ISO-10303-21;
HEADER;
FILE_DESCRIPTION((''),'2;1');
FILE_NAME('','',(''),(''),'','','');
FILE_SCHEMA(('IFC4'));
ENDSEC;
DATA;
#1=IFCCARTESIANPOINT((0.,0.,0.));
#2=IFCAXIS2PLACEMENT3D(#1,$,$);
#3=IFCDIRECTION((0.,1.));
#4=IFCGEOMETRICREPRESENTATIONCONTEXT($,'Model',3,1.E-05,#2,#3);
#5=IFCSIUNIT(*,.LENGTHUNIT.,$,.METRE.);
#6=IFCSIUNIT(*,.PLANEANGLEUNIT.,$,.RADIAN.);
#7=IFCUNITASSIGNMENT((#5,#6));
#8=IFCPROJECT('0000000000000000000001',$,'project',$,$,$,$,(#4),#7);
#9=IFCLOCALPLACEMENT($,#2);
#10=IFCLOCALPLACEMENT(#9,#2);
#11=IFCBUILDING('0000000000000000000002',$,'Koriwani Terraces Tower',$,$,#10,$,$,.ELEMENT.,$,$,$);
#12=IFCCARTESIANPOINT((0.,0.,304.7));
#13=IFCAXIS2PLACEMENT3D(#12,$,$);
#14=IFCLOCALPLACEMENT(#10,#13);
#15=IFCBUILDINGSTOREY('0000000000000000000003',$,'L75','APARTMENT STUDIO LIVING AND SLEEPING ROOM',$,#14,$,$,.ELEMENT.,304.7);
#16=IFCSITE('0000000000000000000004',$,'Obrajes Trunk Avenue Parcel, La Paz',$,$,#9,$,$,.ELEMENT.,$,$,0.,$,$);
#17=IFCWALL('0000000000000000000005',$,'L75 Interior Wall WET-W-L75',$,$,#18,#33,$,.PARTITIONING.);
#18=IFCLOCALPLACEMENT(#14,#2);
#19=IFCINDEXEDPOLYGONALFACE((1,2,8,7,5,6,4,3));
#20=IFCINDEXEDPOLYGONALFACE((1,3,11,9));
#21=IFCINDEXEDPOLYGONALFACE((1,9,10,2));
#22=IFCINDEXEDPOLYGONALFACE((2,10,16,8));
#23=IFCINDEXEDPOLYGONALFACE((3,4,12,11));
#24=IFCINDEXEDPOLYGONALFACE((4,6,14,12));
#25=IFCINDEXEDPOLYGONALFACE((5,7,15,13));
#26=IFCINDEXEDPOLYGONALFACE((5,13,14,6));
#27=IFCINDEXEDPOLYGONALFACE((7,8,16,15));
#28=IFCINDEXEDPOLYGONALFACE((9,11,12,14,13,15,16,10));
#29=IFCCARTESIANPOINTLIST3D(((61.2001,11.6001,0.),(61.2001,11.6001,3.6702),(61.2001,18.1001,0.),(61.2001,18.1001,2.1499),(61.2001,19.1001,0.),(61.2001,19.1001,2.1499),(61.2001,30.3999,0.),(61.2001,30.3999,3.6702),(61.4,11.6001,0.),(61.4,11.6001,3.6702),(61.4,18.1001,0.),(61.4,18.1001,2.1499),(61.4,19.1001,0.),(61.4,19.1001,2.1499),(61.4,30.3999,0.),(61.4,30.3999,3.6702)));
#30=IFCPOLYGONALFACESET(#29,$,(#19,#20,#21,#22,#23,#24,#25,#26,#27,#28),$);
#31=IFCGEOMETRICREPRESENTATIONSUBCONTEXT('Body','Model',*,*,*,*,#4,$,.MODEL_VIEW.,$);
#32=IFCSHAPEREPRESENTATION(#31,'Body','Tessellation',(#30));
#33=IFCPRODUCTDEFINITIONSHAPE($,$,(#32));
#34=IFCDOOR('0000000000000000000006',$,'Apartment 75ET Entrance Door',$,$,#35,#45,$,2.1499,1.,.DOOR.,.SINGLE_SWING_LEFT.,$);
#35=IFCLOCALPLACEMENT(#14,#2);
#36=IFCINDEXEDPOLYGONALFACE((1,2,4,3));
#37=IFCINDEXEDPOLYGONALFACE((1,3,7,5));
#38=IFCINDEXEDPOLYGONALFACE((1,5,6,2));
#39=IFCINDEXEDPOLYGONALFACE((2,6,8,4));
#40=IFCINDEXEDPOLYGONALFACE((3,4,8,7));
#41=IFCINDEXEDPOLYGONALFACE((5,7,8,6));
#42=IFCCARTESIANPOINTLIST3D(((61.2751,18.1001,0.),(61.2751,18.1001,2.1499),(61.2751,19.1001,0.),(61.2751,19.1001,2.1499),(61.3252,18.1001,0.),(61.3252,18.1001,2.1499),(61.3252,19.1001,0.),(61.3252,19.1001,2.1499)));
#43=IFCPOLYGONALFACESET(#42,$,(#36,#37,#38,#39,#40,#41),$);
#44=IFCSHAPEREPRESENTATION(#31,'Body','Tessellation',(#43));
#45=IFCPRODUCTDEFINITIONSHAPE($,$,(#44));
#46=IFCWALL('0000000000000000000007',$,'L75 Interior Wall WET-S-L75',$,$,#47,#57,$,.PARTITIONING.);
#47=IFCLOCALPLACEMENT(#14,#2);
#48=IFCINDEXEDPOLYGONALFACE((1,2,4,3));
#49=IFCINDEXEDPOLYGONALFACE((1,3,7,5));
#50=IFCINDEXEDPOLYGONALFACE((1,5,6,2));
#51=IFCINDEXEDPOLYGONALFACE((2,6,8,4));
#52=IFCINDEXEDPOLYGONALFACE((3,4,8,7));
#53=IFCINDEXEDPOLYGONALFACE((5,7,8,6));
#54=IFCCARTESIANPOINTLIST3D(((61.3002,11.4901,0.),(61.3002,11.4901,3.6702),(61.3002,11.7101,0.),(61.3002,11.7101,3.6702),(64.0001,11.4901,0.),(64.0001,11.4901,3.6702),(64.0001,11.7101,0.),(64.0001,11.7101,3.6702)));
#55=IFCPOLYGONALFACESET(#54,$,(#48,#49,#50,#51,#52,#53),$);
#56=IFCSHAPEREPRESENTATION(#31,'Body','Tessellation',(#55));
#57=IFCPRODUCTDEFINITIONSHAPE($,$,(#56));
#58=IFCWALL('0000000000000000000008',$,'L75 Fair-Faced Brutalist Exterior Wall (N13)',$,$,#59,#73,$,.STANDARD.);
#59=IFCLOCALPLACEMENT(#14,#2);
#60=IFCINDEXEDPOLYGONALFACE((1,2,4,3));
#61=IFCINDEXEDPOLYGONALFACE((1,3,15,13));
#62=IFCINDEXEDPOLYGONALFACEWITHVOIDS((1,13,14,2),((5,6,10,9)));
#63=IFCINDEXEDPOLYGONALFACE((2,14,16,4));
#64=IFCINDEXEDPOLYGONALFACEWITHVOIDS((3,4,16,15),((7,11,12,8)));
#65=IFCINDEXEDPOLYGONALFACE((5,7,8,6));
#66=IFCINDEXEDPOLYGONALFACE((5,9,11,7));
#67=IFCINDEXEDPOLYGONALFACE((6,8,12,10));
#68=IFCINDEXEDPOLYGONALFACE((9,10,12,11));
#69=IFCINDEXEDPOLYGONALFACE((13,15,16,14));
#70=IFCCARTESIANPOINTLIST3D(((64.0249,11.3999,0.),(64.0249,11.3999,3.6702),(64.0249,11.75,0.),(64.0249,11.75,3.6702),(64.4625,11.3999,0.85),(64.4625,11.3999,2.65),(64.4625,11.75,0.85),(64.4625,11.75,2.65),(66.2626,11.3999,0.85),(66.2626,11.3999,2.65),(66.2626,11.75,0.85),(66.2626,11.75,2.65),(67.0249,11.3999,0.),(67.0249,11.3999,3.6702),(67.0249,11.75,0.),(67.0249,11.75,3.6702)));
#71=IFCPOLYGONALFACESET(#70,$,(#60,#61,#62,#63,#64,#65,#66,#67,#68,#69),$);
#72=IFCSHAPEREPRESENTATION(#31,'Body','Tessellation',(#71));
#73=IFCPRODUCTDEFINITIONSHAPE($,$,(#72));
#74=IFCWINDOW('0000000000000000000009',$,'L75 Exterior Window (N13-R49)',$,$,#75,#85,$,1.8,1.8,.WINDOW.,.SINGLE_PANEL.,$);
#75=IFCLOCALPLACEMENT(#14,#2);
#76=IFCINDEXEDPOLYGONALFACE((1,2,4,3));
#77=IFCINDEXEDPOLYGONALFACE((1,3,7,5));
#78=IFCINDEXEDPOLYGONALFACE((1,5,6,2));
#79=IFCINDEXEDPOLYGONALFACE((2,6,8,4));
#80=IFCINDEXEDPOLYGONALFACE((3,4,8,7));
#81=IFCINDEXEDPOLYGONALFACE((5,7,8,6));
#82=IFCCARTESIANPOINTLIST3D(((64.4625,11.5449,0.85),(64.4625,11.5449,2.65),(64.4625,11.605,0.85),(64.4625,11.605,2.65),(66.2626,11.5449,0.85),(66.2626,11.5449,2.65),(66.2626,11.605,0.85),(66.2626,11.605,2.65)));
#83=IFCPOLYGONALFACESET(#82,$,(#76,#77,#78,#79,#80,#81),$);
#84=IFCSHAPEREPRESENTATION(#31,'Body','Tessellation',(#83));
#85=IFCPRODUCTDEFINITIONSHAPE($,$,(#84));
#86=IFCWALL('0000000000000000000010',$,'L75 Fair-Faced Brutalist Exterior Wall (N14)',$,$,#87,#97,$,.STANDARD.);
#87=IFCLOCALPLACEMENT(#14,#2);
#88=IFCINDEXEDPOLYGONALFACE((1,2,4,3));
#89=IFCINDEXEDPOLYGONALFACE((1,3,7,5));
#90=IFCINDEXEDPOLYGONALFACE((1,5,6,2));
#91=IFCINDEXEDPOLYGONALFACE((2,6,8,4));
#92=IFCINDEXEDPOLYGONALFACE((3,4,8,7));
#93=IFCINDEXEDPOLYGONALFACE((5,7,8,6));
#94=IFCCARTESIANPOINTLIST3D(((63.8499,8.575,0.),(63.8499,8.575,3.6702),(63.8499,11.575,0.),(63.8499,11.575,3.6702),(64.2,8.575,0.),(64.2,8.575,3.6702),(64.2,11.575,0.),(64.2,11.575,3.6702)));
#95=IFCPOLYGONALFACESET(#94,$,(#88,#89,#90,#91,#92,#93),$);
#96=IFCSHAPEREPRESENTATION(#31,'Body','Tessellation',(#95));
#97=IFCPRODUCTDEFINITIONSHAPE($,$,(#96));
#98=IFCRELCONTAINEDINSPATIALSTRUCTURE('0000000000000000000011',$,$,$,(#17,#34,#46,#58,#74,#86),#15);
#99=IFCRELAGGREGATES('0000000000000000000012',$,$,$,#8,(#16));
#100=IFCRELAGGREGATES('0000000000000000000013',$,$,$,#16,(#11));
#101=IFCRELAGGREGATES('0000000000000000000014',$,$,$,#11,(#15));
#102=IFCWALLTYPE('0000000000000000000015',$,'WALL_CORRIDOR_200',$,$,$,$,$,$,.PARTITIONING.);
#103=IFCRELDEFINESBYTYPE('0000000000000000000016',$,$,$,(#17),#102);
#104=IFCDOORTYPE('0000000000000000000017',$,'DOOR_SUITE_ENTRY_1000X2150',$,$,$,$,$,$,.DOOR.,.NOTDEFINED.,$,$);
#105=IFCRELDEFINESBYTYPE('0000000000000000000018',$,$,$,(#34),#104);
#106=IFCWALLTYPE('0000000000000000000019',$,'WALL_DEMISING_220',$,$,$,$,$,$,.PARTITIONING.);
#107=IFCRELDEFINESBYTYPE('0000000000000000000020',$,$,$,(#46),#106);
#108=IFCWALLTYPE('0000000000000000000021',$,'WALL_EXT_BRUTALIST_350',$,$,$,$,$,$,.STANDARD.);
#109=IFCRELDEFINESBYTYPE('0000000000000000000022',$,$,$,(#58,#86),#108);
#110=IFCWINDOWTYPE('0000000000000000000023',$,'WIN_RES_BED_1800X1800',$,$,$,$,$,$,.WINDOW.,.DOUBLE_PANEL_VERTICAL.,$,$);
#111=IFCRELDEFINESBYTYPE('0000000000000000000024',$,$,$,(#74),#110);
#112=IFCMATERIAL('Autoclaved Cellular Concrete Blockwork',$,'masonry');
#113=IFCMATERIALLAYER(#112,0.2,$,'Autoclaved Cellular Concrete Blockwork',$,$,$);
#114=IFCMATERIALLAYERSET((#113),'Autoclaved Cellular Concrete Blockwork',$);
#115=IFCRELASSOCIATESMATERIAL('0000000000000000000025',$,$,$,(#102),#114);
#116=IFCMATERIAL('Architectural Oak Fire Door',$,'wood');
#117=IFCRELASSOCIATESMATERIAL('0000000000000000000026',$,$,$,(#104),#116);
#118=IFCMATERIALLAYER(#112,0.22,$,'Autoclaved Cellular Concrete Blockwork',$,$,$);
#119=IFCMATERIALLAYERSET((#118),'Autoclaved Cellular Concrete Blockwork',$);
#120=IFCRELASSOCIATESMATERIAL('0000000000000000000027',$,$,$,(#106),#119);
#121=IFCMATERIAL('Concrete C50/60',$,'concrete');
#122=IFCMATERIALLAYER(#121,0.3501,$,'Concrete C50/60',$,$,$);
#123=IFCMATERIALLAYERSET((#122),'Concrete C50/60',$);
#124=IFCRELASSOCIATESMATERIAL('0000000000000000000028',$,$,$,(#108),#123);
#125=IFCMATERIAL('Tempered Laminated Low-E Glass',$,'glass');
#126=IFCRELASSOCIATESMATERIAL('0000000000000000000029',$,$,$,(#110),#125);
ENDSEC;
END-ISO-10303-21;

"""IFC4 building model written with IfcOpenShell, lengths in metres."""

from ifc_helpers import new_model, si_unit, direction, frame, frame_2d, origin, place, context, subcontext, project, spatial, rectangle, extrude, material, layer, layer_set, type_object, element, fill, save


model = new_model("IFC4")

# Units and contexts
model_context = context("Model", 3, precision=1e-05, world=origin(), true_north=direction((0.0, 1.0)))
body_context = subcontext(model_context, "Body", "Model", "MODEL_VIEW")
ifc_project = project(units=[si_unit("LENGTHUNIT", "METRE"), si_unit("PLANEANGLEUNIT", "RADIAN")], contexts=[model_context])

# Site, building, storey
site_placement = place(None, origin())
site = spatial("IfcSite", under=ifc_project, at=site_placement, Name="Obrajes Trunk Avenue Parcel, La Paz", CompositionType="ELEMENT", RefElevation=0.0)
building_placement = place(site_placement, origin())
building = spatial("IfcBuilding", under=site, at=building_placement, Name="Koriwani Terraces Tower", CompositionType="ELEMENT")
storey_placement = place(building_placement, frame((0.0, 0.0, 304.7)))
storey = spatial("IfcBuildingStorey", under=building, at=storey_placement, Name="L75", Description="APARTMENT STUDIO LIVING AND SLEEPING ROOM", CompositionType="ELEMENT", Elevation=304.7)

# Shared definitions
ifc_material_1 = material(Name="Concrete C50/60", Category="concrete")

# Wall, opening, door
ifc_material_2 = material(Name="Autoclaved Cellular Concrete Blockwork", Category="masonry")
ifc_layer_1 = layer(ifc_material_2, 0.2, Name="Autoclaved Cellular Concrete Blockwork")
ifc_layer_set_1 = layer_set([ifc_layer_1], Name="Autoclaved Cellular Concrete Blockwork")
wall_type_1 = type_object("IfcWallType", Name="WALL_CORRIDOR_200", PredefinedType="PARTITIONING", material=ifc_layer_set_1)
ifc_material_3 = material(Name="Architectural Oak Fire Door", Category="wood")
wall_1_placement = place(storey_placement, frame((61.3, 11.6001, 0.0), z_axis=(0.0, 0.0, 1.0), x_axis=(0.0, 1.0, 0.0)))
wall_1 = element("IfcWall", 1, at=wall_1_placement, inside=storey, type_object=wall_type_1, Name="L75 Interior Wall WET-W-L75", PredefinedType="PARTITIONING", context=body_context, shape_type="SweptSolid", body=[
    extrude(rectangle(XDim=18.7998, YDim=0.2, at=frame_2d((9.3999, 0.0))), origin(), (0.0, 0.0, 1.0), 3.6702),
])
opening_1_placement = place(wall_1_placement, frame((6.5, 0.0, 0.0)))
opening_1 = element("IfcOpeningElement", 2, at=opening_1_placement, cuts=wall_1, PredefinedType="OPENING", context=body_context, shape_type="SweptSolid", body=[
    extrude(rectangle(XDim=1.0, YDim=2.1499, at=frame_2d((0.5, 1.075))), frame((0.0, 0.1099, 0.0), z_axis=(0.0, -1.0, 0.0), x_axis=(1.0, 0.0, 0.0)), (0.0, 0.0, 1.0), 0.22),
])
door_type_1 = type_object("IfcDoorType", Name="DOOR_SUITE_ENTRY_1000X2150", OperationType="NOTDEFINED", PredefinedType="DOOR", material=ifc_material_3)
door_1_placement = place(opening_1_placement, origin())
door_1 = element("IfcDoor", 3, at=door_1_placement, inside=storey, type_object=door_type_1, Name="Apartment 75ET Entrance Door", OperationType="SINGLE_SWING_LEFT", OverallHeight=2.1499, OverallWidth=1.0, PredefinedType="DOOR", context=body_context, shape_type="SweptSolid", body=[
    extrude(rectangle(XDim=1.0, YDim=2.1499, at=frame_2d((0.5, 1.075))), frame((0.0, 0.0249, 0.0), z_axis=(0.0, -1.0, 0.0), x_axis=(1.0, 0.0, 0.0)), (0.0, 0.0, 1.0), 0.05),
])
fill(opening_1, door_1)

# Wall
ifc_layer_2 = layer(ifc_material_2, 0.22, Name="Autoclaved Cellular Concrete Blockwork")
ifc_layer_set_2 = layer_set([ifc_layer_2], Name="Autoclaved Cellular Concrete Blockwork")
wall_type_2 = type_object("IfcWallType", Name="WALL_DEMISING_220", PredefinedType="PARTITIONING", material=ifc_layer_set_2)
wall_2_placement = place(storey_placement, frame((61.3, 11.6001, 0.0), z_axis=(0.0, 0.0, 1.0), x_axis=(1.0, 0.0, 0.0)))
element("IfcWall", 4, at=wall_2_placement, inside=storey, type_object=wall_type_2, Name="L75 Interior Wall WET-S-L75", PredefinedType="PARTITIONING", context=body_context, shape_type="SweptSolid", body=[
    extrude(rectangle(XDim=2.7, YDim=0.22, at=frame_2d((1.3501, 0.0))), origin(), (0.0, 0.0, 1.0), 3.6702),
])

# Wall, opening, window
ifc_layer_3 = layer(ifc_material_1, 0.3501, Name="Concrete C50/60")
ifc_layer_set_3 = layer_set([ifc_layer_3], Name="Concrete C50/60")
wall_type_3 = type_object("IfcWallType", Name="WALL_EXT_BRUTALIST_350", PredefinedType="STANDARD", material=ifc_layer_set_3)
wall_3_placement = place(storey_placement, frame((67.0249, 11.575, 0.0), z_axis=(0.0, 0.0, 1.0), x_axis=(-1.0, 0.0, 0.0)))
wall_3 = element("IfcWall", 5, at=wall_3_placement, inside=storey, type_object=wall_type_3, Name="L75 Fair-Faced Brutalist Exterior Wall (N13)", PredefinedType="STANDARD", context=body_context, shape_type="SweptSolid", body=[
    extrude(rectangle(XDim=3.0, YDim=0.3501, at=frame_2d((1.5, 0.0))), origin(), (0.0, 0.0, 1.0), 3.6702),
])
opening_2_placement = place(wall_3_placement, frame((0.7625, 0.0, 0.8501)))
opening_2 = element("IfcOpeningElement", 6, at=opening_2_placement, cuts=wall_3, PredefinedType="OPENING", context=body_context, shape_type="SweptSolid", body=[
    extrude(rectangle(XDim=1.8, YDim=1.8, at=frame_2d((0.8999, 0.8999))), frame((0.0, 0.1851, 0.0), z_axis=(0.0, -1.0, 0.0), x_axis=(1.0, 0.0, 0.0)), (0.0, 0.0, 1.0), 0.3701),
])
ifc_material_4 = material(Name="Tempered Laminated Low-E Glass", Category="glass")
window_type_1 = type_object("IfcWindowType", Name="WIN_RES_BED_1800X1800", PartitioningType="DOUBLE_PANEL_VERTICAL", PredefinedType="WINDOW", material=ifc_material_4)
window_1_placement = place(opening_2_placement, origin())
window_1 = element("IfcWindow", 7, at=window_1_placement, inside=storey, type_object=window_type_1, Name="L75 Exterior Window (N13-R49)", OverallHeight=1.8, OverallWidth=1.8, PartitioningType="SINGLE_PANEL", PredefinedType="WINDOW", context=body_context, shape_type="SweptSolid", body=[
    extrude(rectangle(XDim=1.8, YDim=1.8, at=frame_2d((0.8999, 0.8999))), frame((0.0, 0.03, 0.0), z_axis=(0.0, -1.0, 0.0), x_axis=(1.0, 0.0, 0.0)), (0.0, 0.0, 1.0), 0.0601),
])
fill(opening_2, window_1)

# Wall
wall_4_placement = place(storey_placement, frame((64.0249, 11.575, 0.0), z_axis=(0.0, 0.0, 1.0), x_axis=(0.0, -1.0, 0.0)))
element("IfcWall", 8, at=wall_4_placement, inside=storey, type_object=wall_type_3, Name="L75 Fair-Faced Brutalist Exterior Wall (N14)", PredefinedType="STANDARD", context=body_context, shape_type="SweptSolid", body=[
    extrude(rectangle(XDim=3.0, YDim=0.3501, at=frame_2d((1.5, 0.0))), origin(), (0.0, 0.0, 1.0), 3.6702),
])

save(model, "model.ifc")
